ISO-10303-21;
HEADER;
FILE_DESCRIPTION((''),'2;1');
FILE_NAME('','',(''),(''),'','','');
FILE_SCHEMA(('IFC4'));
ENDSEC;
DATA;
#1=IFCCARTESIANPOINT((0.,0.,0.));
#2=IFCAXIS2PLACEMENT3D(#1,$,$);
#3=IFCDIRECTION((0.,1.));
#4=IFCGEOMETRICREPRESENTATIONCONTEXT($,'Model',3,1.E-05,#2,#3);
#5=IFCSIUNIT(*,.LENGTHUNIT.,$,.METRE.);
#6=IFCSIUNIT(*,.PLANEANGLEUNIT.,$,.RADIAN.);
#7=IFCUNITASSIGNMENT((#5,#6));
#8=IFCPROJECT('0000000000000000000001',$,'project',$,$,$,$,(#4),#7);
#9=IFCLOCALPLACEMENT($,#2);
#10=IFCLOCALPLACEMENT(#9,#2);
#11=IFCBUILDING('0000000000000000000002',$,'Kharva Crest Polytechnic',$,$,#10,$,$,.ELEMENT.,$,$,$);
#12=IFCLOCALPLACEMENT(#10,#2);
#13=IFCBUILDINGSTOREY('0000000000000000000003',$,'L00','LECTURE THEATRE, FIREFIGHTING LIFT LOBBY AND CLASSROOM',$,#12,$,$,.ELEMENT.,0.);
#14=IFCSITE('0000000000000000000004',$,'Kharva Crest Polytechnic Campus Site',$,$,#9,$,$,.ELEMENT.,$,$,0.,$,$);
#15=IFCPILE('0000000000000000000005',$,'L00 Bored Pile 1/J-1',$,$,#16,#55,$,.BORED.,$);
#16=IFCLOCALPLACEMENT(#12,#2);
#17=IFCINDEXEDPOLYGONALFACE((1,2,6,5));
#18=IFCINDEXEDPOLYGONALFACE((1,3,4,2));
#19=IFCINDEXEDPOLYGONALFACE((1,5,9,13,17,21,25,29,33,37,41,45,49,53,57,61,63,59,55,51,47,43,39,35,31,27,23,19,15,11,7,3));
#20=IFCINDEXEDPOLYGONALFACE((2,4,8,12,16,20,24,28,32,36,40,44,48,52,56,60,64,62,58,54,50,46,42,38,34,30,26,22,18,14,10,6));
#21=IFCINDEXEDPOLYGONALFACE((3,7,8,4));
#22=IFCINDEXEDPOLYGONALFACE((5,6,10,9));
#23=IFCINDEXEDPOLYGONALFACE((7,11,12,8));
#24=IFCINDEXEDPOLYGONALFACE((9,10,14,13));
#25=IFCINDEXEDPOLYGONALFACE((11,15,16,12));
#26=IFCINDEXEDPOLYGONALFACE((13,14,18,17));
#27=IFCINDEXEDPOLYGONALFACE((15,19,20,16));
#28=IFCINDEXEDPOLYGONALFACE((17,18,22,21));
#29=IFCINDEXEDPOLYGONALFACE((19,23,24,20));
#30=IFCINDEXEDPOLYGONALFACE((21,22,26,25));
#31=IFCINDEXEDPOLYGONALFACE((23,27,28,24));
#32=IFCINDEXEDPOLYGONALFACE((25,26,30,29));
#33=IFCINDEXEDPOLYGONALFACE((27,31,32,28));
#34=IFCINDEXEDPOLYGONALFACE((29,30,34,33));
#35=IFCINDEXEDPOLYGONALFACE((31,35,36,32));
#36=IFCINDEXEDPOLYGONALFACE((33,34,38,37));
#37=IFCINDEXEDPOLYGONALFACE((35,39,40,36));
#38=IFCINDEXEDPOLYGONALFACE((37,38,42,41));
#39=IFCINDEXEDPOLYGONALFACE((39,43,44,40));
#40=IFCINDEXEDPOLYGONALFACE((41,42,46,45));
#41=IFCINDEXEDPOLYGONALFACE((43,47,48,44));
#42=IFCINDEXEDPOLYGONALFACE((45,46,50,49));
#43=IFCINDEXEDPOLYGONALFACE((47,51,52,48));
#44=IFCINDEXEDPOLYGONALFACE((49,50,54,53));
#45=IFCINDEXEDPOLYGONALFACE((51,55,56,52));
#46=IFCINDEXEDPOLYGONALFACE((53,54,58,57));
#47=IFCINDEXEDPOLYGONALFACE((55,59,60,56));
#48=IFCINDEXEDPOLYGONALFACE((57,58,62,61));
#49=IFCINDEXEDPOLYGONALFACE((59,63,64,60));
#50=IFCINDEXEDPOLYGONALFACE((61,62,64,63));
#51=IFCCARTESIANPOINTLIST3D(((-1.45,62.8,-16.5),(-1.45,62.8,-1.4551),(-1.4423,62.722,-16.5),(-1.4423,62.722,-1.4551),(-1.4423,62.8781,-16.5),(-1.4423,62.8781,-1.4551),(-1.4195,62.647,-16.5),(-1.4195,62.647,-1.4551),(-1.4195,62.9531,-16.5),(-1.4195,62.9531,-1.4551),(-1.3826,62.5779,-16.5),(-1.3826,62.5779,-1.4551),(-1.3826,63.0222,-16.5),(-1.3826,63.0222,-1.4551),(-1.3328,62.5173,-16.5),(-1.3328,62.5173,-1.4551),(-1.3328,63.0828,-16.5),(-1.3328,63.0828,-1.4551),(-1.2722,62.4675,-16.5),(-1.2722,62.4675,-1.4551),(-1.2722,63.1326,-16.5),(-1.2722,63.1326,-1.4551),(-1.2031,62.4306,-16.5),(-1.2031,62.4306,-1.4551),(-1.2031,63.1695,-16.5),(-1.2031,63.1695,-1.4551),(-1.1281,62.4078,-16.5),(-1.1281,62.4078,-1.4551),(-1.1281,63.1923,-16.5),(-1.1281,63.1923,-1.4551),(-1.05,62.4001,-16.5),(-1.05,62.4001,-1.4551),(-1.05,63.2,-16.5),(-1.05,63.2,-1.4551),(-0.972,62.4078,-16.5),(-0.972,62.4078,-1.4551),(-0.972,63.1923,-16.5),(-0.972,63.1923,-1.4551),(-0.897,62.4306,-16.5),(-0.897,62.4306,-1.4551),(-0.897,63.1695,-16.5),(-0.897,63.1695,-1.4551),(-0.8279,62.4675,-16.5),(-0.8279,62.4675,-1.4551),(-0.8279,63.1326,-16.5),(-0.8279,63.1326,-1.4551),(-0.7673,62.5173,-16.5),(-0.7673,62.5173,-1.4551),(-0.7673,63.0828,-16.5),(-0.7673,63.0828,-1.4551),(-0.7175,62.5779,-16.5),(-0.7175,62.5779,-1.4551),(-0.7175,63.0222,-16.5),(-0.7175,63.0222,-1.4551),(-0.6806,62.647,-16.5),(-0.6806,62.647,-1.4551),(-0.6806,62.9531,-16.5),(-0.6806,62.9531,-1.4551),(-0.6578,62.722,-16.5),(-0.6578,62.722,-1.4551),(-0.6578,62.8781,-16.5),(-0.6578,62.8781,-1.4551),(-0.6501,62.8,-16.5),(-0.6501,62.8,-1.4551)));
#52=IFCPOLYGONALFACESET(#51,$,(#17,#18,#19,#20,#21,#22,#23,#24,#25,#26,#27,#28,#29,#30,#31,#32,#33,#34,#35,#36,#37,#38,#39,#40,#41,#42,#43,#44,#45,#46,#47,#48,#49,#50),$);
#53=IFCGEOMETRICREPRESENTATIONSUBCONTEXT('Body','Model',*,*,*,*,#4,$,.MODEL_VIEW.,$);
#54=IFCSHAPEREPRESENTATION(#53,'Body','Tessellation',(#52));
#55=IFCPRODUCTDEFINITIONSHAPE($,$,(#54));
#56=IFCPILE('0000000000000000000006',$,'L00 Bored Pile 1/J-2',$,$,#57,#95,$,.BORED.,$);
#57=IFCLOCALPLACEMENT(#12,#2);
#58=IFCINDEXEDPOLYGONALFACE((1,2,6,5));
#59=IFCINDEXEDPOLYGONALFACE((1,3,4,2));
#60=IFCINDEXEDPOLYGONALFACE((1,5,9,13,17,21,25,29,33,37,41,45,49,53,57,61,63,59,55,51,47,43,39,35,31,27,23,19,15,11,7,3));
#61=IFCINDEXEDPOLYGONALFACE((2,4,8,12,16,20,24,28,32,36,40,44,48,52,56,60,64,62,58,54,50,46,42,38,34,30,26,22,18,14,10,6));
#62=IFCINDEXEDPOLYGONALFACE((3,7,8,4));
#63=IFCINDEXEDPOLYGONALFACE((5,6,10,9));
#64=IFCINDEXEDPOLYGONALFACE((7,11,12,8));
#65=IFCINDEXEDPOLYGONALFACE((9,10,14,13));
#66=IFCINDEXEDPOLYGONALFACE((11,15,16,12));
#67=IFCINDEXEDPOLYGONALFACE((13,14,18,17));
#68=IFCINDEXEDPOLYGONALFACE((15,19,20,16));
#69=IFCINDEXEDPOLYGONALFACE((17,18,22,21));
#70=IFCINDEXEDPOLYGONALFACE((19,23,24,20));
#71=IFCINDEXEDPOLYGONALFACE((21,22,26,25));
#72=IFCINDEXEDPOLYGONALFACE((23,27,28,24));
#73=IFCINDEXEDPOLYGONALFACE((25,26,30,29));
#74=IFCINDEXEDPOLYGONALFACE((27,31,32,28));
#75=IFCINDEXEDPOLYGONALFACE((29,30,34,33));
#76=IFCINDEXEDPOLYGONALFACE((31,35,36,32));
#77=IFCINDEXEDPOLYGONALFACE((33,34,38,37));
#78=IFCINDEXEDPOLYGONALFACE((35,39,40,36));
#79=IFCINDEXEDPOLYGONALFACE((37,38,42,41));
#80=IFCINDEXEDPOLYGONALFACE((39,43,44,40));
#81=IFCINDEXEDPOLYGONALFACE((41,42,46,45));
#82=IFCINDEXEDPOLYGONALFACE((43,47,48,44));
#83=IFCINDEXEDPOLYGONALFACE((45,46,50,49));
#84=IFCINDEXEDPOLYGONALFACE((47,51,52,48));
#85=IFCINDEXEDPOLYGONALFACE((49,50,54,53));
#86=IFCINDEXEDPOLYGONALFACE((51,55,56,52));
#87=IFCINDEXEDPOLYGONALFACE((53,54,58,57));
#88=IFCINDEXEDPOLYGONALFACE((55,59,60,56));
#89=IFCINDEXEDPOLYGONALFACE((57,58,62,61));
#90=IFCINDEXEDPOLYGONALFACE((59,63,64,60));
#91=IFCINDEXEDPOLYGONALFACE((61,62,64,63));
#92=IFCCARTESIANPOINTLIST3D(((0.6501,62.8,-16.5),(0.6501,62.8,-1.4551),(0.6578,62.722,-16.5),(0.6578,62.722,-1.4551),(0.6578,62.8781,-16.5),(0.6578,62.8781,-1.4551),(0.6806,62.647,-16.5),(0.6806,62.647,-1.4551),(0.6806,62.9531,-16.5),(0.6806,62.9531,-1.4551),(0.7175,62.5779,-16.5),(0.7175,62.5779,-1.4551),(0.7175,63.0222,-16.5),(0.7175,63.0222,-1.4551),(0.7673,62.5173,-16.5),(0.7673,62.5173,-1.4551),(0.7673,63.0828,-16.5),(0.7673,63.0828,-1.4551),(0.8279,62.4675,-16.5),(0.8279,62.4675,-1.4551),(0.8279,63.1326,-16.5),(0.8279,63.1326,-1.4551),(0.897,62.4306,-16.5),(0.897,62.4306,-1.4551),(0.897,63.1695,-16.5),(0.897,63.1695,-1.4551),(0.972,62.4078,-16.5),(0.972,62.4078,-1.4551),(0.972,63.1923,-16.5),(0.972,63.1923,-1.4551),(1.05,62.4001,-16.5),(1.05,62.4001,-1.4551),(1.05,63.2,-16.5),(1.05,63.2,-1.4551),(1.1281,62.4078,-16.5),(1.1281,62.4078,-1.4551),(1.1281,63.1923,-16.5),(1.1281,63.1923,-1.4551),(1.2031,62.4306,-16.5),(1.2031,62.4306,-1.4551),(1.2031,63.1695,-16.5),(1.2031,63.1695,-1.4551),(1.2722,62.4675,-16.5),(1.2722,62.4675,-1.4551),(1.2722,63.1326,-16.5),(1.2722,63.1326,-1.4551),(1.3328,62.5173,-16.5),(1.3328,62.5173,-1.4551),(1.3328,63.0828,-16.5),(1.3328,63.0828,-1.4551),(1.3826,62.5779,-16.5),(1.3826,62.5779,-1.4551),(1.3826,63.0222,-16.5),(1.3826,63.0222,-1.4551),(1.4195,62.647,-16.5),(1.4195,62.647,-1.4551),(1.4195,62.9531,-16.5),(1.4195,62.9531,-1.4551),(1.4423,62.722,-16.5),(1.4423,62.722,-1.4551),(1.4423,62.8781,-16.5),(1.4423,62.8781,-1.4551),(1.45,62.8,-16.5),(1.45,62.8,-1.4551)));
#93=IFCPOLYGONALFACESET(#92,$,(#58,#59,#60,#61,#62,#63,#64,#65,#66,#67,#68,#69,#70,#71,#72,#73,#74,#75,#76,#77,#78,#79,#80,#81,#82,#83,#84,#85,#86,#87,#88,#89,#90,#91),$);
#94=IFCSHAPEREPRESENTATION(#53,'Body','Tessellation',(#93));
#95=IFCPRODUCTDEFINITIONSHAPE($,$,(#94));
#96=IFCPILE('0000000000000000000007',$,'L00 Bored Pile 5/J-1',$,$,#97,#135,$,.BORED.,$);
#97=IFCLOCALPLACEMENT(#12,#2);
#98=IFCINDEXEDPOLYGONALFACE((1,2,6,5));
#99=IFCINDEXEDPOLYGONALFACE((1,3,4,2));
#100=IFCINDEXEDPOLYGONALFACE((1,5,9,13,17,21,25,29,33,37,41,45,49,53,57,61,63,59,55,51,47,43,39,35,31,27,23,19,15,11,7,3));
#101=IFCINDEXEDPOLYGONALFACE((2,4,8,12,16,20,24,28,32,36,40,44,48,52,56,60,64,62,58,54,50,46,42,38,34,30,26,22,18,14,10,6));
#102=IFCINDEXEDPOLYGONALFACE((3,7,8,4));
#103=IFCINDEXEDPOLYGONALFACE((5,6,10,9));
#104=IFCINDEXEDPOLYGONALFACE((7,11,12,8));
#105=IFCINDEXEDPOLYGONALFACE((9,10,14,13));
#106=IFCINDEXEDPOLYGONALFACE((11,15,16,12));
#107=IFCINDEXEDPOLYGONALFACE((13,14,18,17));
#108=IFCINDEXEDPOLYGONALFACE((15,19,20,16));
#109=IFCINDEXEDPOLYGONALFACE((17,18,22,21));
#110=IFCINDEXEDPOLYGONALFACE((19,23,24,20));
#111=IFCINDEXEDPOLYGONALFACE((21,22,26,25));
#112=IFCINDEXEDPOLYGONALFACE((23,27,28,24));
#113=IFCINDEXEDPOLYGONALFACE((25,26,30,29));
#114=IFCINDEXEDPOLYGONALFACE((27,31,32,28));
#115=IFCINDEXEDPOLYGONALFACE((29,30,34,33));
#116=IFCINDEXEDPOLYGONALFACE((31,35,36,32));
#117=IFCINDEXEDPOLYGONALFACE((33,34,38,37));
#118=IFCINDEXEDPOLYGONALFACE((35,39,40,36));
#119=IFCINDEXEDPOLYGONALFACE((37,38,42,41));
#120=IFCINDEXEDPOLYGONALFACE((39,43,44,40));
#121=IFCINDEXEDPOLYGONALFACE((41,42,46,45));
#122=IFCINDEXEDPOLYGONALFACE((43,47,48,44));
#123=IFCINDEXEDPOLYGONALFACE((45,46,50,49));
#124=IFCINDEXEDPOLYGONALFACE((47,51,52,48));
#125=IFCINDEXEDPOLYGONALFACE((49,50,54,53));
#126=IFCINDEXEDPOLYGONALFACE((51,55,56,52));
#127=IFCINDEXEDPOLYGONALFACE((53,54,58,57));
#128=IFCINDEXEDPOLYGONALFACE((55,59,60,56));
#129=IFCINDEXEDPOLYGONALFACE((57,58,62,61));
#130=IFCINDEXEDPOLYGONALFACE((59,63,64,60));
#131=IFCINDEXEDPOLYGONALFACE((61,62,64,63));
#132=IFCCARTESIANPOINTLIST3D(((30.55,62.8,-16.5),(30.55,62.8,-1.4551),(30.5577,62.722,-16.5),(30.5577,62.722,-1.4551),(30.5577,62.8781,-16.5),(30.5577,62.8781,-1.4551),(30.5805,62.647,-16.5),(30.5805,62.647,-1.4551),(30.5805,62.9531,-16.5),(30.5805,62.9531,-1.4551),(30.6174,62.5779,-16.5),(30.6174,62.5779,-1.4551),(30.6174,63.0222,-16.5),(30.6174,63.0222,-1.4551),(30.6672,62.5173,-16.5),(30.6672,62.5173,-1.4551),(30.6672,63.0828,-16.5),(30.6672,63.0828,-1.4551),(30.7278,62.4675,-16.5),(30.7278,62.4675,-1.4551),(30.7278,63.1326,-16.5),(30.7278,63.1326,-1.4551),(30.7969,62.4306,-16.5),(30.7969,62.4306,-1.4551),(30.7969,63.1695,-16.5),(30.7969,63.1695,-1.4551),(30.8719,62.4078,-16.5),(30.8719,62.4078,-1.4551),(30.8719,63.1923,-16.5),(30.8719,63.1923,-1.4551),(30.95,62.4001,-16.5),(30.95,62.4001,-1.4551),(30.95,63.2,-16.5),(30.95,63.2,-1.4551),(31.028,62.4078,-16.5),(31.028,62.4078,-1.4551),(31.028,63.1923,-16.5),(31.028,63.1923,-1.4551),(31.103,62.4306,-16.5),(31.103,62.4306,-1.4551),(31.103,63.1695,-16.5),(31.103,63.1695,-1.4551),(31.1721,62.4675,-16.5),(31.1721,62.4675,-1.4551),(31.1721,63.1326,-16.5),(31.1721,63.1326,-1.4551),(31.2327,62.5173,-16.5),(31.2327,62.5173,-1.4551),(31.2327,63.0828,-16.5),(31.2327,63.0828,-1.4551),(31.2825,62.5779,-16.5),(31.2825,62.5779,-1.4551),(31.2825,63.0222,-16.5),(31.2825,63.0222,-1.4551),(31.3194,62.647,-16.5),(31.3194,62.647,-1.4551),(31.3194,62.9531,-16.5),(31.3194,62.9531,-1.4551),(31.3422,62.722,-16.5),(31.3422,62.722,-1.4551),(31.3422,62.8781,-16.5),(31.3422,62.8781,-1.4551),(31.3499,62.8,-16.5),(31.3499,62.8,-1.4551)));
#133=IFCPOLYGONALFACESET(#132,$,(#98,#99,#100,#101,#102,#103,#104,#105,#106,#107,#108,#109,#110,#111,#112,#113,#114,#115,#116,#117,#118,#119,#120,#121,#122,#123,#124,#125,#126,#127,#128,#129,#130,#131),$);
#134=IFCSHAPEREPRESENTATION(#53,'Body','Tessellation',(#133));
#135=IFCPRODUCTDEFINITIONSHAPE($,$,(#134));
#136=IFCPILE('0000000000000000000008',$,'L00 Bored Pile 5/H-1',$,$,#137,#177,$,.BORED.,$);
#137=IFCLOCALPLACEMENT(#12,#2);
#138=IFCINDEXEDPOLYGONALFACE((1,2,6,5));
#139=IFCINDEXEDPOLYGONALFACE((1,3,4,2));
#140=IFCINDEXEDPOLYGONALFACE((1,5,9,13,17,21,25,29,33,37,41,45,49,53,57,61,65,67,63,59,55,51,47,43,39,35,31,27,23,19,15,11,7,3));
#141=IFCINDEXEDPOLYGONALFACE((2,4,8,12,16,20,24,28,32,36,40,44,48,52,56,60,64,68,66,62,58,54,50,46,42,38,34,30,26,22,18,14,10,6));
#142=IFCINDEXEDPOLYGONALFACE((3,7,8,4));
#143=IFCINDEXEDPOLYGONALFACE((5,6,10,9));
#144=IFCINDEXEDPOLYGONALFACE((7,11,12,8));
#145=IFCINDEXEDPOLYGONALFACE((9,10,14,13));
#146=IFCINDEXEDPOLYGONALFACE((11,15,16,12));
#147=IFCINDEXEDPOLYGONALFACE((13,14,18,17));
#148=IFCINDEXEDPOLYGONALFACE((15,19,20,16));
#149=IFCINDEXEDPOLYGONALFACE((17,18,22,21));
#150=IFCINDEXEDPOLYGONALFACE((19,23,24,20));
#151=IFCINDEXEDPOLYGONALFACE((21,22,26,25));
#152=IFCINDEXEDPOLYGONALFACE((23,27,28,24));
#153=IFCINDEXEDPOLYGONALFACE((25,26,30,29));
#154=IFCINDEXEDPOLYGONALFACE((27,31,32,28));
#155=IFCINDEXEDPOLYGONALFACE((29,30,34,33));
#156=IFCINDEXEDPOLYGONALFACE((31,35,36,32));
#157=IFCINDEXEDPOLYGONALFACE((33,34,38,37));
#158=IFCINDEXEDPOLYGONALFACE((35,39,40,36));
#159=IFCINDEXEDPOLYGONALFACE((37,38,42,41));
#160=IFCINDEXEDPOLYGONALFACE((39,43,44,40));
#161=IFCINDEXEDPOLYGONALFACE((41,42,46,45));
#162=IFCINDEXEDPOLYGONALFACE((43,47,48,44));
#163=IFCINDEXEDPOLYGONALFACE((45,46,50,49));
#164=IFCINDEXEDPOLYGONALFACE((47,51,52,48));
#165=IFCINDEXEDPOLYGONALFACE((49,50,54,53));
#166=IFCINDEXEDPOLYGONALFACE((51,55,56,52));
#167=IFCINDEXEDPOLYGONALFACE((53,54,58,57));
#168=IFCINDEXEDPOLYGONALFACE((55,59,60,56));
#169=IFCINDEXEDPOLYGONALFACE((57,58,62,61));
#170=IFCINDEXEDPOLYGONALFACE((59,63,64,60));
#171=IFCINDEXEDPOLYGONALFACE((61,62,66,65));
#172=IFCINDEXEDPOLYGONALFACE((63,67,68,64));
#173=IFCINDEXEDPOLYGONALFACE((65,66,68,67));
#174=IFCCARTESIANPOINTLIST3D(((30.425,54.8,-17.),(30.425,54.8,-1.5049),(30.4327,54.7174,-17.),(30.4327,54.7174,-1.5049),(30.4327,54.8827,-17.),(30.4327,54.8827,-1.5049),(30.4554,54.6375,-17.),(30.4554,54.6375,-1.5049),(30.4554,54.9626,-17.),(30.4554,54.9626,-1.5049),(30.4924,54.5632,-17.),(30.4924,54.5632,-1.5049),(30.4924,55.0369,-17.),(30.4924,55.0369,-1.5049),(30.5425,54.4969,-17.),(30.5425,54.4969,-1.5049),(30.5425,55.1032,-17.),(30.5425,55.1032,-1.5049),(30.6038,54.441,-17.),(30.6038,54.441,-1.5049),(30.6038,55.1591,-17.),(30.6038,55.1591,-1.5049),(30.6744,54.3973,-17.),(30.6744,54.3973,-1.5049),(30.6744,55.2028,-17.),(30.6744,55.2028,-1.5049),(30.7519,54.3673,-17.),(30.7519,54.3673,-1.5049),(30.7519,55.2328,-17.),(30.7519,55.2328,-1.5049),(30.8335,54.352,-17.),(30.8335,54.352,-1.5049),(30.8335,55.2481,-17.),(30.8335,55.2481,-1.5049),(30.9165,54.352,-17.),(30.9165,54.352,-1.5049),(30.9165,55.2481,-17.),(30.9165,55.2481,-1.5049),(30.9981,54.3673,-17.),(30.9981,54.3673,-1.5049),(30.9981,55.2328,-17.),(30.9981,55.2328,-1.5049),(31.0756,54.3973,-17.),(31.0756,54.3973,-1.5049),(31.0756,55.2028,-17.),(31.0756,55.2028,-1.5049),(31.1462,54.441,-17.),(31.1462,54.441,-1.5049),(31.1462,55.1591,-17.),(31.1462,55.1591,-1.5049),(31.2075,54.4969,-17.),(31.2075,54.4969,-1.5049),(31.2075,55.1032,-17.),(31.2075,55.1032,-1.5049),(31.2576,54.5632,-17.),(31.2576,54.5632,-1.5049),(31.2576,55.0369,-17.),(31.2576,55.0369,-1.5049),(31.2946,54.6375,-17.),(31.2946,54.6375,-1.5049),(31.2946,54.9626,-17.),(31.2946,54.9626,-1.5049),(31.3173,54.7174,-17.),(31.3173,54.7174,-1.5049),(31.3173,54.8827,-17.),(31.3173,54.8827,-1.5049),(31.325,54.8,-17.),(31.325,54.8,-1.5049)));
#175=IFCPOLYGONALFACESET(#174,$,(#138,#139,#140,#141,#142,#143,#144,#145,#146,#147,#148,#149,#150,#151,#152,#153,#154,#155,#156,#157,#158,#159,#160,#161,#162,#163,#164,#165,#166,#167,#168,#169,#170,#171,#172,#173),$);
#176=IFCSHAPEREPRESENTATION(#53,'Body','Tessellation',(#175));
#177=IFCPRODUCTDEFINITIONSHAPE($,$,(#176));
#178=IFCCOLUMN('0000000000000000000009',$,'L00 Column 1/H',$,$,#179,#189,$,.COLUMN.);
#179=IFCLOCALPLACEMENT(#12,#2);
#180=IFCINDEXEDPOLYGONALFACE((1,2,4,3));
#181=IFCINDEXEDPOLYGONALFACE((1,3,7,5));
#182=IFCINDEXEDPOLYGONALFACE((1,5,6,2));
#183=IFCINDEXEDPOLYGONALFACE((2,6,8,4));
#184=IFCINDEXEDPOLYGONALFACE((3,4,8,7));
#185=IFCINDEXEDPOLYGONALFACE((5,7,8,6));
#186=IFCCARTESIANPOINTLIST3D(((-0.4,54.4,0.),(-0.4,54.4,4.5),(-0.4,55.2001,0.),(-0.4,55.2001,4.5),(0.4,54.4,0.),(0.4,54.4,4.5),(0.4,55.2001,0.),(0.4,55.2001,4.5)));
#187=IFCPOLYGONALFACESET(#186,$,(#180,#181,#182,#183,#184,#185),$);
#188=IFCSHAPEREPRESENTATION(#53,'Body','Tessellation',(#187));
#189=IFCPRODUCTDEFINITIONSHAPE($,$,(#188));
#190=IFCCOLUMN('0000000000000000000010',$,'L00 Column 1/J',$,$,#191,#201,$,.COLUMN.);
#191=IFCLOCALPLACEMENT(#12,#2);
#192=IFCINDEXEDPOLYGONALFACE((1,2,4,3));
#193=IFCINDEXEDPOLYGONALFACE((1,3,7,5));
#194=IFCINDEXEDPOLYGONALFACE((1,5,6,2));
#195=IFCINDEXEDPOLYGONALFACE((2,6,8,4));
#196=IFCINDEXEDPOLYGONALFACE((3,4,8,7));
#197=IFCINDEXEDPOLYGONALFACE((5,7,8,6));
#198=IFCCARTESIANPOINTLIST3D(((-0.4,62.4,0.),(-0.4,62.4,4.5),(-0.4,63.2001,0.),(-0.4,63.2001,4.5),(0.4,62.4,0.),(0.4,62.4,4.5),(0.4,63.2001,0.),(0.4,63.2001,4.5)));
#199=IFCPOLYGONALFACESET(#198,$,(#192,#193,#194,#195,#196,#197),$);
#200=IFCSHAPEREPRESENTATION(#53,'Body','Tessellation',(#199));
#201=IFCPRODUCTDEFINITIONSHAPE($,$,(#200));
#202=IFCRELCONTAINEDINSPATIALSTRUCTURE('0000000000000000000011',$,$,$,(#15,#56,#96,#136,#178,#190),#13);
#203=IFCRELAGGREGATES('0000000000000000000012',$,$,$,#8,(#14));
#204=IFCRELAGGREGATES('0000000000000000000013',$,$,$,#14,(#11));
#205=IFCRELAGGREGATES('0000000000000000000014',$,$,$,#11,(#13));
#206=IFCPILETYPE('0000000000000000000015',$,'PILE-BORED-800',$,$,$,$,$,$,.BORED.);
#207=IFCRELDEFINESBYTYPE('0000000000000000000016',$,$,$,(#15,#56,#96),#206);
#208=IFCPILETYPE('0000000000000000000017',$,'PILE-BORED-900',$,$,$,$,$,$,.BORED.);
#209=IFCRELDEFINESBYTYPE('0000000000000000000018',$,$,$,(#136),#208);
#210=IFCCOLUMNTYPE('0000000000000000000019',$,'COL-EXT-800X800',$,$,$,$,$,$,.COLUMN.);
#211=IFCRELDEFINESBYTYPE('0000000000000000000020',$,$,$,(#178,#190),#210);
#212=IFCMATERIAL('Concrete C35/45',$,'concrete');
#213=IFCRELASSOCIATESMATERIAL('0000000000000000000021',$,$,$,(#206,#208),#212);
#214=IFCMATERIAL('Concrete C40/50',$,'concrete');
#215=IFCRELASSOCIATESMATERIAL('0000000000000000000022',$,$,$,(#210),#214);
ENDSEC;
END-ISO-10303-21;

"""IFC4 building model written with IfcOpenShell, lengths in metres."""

from ifc_helpers import new_model, si_unit, direction, frame, origin, origin_2d, place, context, subcontext, project, spatial, rectangle, circle, extrude, material, material_profile, profile_set, type_object, element, save


model = new_model("IFC4")

# Units and contexts
model_context = context("Model", 3, precision=1e-05, world=origin(), true_north=direction((0.0, 1.0)))
body_context = subcontext(model_context, "Body", "Model", "MODEL_VIEW")
ifc_project = project(units=[si_unit("LENGTHUNIT", "METRE"), si_unit("PLANEANGLEUNIT", "RADIAN")], contexts=[model_context])

# Site, building, storey
site_placement = place(None, origin())
site = spatial("IfcSite", under=ifc_project, at=site_placement, Name="Kharva Crest Polytechnic Campus Site", CompositionType="ELEMENT", RefElevation=0.0)
building_placement = place(site_placement, origin())
building = spatial("IfcBuilding", under=site, at=building_placement, Name="Kharva Crest Polytechnic", CompositionType="ELEMENT")
storey_placement = place(building_placement, origin())
storey = spatial("IfcBuildingStorey", under=building, at=storey_placement, Name="L00", Description="LECTURE THEATRE, FIREFIGHTING LIFT LOBBY AND CLASSROOM", CompositionType="ELEMENT", Elevation=0.0)

# Shared definitions
ifc_material_1 = material(Name="Concrete C35/45", Category="concrete")

# Piles
ifc_material_profile_1 = material_profile(ifc_material_1, circle(Radius=0.3999, at=origin_2d()), Name="DIA 800")
ifc_profile_set_1 = profile_set([ifc_material_profile_1], Name="Concrete C35/45")
pile_type_1 = type_object("IfcPileType", Name="PILE-BORED-800", PredefinedType="BORED", material=ifc_profile_set_1)
for number, where, z_axis, x_axis, name in (
    (1, (-1.05, 62.8, -1.4551), (0.0, 0.0, -1.0), (1.0, 0.0, 0.0), "L00 Bored Pile 1/J-1"),
    (2, (1.05, 62.8, -1.4551), (0.0, 0.0, -1.0), (1.0, 0.0, 0.0), "L00 Bored Pile 1/J-2"),
    (3, (30.95, 62.8, -1.4551), (0.0, 0.0, -1.0), (1.0, 0.0, 0.0), "L00 Bored Pile 5/J-1"),
):
    element("IfcPile", number, at=place(storey_placement, frame(where, z_axis=z_axis, x_axis=x_axis)), inside=storey, type_object=pile_type_1, Name=name, PredefinedType="BORED", context=body_context, shape_type="SweptSolid", body=[
        extrude(circle(Radius=0.3999, at=origin_2d()), origin(), (0.0, 0.0, 1.0), 15.0449),
    ])
ifc_material_profile_2 = material_profile(ifc_material_1, circle(Radius=0.45, at=origin_2d()), Name="DIA 900")
ifc_profile_set_2 = profile_set([ifc_material_profile_2], Name="Concrete C35/45")
pile_type_2 = type_object("IfcPileType", Name="PILE-BORED-900", PredefinedType="BORED", material=ifc_profile_set_2)
pile_placement = place(storey_placement, frame((30.875, 54.8, -1.5049), z_axis=(0.0, 0.0, -1.0), x_axis=(1.0, 0.0, 0.0)))
element("IfcPile", 4, at=pile_placement, inside=storey, type_object=pile_type_2, Name="L00 Bored Pile 5/H-1", PredefinedType="BORED", context=body_context, shape_type="SweptSolid", body=[
    extrude(circle(Radius=0.45, at=origin_2d()), origin(), (0.0, 0.0, 1.0), 15.4951),
])

# Columns
ifc_material_2 = material(Name="Concrete C40/50", Category="concrete")
ifc_material_profile_3 = material_profile(ifc_material_2, rectangle(XDim=0.8, YDim=0.8, at=origin_2d()), Name="RECT 800 X 800")
ifc_profile_set_3 = profile_set([ifc_material_profile_3], Name="Concrete C40/50")
column_type_1 = type_object("IfcColumnType", Name="COL-EXT-800X800", PredefinedType="COLUMN", material=ifc_profile_set_3)
for number, where, z_axis, x_axis, name in (
    (5, (0.0, 54.8, 0.0), (0.0, 0.0, 1.0), (1.0, 0.0, 0.0), "L00 Column 1/H"),
    (6, (0.0, 62.8, 0.0), (0.0, 0.0, 1.0), (1.0, 0.0, 0.0), "L00 Column 1/J"),
):
    element("IfcColumn", number, at=place(storey_placement, frame(where, z_axis=z_axis, x_axis=x_axis)), inside=storey, type_object=column_type_1, Name=name, PredefinedType="COLUMN", context=body_context, shape_type="SweptSolid", body=[
        extrude(rectangle(XDim=0.8, YDim=0.8, at=origin_2d()), origin(), (0.0, 0.0, 1.0), 4.5),
    ])

save(model, "model.ifc")
